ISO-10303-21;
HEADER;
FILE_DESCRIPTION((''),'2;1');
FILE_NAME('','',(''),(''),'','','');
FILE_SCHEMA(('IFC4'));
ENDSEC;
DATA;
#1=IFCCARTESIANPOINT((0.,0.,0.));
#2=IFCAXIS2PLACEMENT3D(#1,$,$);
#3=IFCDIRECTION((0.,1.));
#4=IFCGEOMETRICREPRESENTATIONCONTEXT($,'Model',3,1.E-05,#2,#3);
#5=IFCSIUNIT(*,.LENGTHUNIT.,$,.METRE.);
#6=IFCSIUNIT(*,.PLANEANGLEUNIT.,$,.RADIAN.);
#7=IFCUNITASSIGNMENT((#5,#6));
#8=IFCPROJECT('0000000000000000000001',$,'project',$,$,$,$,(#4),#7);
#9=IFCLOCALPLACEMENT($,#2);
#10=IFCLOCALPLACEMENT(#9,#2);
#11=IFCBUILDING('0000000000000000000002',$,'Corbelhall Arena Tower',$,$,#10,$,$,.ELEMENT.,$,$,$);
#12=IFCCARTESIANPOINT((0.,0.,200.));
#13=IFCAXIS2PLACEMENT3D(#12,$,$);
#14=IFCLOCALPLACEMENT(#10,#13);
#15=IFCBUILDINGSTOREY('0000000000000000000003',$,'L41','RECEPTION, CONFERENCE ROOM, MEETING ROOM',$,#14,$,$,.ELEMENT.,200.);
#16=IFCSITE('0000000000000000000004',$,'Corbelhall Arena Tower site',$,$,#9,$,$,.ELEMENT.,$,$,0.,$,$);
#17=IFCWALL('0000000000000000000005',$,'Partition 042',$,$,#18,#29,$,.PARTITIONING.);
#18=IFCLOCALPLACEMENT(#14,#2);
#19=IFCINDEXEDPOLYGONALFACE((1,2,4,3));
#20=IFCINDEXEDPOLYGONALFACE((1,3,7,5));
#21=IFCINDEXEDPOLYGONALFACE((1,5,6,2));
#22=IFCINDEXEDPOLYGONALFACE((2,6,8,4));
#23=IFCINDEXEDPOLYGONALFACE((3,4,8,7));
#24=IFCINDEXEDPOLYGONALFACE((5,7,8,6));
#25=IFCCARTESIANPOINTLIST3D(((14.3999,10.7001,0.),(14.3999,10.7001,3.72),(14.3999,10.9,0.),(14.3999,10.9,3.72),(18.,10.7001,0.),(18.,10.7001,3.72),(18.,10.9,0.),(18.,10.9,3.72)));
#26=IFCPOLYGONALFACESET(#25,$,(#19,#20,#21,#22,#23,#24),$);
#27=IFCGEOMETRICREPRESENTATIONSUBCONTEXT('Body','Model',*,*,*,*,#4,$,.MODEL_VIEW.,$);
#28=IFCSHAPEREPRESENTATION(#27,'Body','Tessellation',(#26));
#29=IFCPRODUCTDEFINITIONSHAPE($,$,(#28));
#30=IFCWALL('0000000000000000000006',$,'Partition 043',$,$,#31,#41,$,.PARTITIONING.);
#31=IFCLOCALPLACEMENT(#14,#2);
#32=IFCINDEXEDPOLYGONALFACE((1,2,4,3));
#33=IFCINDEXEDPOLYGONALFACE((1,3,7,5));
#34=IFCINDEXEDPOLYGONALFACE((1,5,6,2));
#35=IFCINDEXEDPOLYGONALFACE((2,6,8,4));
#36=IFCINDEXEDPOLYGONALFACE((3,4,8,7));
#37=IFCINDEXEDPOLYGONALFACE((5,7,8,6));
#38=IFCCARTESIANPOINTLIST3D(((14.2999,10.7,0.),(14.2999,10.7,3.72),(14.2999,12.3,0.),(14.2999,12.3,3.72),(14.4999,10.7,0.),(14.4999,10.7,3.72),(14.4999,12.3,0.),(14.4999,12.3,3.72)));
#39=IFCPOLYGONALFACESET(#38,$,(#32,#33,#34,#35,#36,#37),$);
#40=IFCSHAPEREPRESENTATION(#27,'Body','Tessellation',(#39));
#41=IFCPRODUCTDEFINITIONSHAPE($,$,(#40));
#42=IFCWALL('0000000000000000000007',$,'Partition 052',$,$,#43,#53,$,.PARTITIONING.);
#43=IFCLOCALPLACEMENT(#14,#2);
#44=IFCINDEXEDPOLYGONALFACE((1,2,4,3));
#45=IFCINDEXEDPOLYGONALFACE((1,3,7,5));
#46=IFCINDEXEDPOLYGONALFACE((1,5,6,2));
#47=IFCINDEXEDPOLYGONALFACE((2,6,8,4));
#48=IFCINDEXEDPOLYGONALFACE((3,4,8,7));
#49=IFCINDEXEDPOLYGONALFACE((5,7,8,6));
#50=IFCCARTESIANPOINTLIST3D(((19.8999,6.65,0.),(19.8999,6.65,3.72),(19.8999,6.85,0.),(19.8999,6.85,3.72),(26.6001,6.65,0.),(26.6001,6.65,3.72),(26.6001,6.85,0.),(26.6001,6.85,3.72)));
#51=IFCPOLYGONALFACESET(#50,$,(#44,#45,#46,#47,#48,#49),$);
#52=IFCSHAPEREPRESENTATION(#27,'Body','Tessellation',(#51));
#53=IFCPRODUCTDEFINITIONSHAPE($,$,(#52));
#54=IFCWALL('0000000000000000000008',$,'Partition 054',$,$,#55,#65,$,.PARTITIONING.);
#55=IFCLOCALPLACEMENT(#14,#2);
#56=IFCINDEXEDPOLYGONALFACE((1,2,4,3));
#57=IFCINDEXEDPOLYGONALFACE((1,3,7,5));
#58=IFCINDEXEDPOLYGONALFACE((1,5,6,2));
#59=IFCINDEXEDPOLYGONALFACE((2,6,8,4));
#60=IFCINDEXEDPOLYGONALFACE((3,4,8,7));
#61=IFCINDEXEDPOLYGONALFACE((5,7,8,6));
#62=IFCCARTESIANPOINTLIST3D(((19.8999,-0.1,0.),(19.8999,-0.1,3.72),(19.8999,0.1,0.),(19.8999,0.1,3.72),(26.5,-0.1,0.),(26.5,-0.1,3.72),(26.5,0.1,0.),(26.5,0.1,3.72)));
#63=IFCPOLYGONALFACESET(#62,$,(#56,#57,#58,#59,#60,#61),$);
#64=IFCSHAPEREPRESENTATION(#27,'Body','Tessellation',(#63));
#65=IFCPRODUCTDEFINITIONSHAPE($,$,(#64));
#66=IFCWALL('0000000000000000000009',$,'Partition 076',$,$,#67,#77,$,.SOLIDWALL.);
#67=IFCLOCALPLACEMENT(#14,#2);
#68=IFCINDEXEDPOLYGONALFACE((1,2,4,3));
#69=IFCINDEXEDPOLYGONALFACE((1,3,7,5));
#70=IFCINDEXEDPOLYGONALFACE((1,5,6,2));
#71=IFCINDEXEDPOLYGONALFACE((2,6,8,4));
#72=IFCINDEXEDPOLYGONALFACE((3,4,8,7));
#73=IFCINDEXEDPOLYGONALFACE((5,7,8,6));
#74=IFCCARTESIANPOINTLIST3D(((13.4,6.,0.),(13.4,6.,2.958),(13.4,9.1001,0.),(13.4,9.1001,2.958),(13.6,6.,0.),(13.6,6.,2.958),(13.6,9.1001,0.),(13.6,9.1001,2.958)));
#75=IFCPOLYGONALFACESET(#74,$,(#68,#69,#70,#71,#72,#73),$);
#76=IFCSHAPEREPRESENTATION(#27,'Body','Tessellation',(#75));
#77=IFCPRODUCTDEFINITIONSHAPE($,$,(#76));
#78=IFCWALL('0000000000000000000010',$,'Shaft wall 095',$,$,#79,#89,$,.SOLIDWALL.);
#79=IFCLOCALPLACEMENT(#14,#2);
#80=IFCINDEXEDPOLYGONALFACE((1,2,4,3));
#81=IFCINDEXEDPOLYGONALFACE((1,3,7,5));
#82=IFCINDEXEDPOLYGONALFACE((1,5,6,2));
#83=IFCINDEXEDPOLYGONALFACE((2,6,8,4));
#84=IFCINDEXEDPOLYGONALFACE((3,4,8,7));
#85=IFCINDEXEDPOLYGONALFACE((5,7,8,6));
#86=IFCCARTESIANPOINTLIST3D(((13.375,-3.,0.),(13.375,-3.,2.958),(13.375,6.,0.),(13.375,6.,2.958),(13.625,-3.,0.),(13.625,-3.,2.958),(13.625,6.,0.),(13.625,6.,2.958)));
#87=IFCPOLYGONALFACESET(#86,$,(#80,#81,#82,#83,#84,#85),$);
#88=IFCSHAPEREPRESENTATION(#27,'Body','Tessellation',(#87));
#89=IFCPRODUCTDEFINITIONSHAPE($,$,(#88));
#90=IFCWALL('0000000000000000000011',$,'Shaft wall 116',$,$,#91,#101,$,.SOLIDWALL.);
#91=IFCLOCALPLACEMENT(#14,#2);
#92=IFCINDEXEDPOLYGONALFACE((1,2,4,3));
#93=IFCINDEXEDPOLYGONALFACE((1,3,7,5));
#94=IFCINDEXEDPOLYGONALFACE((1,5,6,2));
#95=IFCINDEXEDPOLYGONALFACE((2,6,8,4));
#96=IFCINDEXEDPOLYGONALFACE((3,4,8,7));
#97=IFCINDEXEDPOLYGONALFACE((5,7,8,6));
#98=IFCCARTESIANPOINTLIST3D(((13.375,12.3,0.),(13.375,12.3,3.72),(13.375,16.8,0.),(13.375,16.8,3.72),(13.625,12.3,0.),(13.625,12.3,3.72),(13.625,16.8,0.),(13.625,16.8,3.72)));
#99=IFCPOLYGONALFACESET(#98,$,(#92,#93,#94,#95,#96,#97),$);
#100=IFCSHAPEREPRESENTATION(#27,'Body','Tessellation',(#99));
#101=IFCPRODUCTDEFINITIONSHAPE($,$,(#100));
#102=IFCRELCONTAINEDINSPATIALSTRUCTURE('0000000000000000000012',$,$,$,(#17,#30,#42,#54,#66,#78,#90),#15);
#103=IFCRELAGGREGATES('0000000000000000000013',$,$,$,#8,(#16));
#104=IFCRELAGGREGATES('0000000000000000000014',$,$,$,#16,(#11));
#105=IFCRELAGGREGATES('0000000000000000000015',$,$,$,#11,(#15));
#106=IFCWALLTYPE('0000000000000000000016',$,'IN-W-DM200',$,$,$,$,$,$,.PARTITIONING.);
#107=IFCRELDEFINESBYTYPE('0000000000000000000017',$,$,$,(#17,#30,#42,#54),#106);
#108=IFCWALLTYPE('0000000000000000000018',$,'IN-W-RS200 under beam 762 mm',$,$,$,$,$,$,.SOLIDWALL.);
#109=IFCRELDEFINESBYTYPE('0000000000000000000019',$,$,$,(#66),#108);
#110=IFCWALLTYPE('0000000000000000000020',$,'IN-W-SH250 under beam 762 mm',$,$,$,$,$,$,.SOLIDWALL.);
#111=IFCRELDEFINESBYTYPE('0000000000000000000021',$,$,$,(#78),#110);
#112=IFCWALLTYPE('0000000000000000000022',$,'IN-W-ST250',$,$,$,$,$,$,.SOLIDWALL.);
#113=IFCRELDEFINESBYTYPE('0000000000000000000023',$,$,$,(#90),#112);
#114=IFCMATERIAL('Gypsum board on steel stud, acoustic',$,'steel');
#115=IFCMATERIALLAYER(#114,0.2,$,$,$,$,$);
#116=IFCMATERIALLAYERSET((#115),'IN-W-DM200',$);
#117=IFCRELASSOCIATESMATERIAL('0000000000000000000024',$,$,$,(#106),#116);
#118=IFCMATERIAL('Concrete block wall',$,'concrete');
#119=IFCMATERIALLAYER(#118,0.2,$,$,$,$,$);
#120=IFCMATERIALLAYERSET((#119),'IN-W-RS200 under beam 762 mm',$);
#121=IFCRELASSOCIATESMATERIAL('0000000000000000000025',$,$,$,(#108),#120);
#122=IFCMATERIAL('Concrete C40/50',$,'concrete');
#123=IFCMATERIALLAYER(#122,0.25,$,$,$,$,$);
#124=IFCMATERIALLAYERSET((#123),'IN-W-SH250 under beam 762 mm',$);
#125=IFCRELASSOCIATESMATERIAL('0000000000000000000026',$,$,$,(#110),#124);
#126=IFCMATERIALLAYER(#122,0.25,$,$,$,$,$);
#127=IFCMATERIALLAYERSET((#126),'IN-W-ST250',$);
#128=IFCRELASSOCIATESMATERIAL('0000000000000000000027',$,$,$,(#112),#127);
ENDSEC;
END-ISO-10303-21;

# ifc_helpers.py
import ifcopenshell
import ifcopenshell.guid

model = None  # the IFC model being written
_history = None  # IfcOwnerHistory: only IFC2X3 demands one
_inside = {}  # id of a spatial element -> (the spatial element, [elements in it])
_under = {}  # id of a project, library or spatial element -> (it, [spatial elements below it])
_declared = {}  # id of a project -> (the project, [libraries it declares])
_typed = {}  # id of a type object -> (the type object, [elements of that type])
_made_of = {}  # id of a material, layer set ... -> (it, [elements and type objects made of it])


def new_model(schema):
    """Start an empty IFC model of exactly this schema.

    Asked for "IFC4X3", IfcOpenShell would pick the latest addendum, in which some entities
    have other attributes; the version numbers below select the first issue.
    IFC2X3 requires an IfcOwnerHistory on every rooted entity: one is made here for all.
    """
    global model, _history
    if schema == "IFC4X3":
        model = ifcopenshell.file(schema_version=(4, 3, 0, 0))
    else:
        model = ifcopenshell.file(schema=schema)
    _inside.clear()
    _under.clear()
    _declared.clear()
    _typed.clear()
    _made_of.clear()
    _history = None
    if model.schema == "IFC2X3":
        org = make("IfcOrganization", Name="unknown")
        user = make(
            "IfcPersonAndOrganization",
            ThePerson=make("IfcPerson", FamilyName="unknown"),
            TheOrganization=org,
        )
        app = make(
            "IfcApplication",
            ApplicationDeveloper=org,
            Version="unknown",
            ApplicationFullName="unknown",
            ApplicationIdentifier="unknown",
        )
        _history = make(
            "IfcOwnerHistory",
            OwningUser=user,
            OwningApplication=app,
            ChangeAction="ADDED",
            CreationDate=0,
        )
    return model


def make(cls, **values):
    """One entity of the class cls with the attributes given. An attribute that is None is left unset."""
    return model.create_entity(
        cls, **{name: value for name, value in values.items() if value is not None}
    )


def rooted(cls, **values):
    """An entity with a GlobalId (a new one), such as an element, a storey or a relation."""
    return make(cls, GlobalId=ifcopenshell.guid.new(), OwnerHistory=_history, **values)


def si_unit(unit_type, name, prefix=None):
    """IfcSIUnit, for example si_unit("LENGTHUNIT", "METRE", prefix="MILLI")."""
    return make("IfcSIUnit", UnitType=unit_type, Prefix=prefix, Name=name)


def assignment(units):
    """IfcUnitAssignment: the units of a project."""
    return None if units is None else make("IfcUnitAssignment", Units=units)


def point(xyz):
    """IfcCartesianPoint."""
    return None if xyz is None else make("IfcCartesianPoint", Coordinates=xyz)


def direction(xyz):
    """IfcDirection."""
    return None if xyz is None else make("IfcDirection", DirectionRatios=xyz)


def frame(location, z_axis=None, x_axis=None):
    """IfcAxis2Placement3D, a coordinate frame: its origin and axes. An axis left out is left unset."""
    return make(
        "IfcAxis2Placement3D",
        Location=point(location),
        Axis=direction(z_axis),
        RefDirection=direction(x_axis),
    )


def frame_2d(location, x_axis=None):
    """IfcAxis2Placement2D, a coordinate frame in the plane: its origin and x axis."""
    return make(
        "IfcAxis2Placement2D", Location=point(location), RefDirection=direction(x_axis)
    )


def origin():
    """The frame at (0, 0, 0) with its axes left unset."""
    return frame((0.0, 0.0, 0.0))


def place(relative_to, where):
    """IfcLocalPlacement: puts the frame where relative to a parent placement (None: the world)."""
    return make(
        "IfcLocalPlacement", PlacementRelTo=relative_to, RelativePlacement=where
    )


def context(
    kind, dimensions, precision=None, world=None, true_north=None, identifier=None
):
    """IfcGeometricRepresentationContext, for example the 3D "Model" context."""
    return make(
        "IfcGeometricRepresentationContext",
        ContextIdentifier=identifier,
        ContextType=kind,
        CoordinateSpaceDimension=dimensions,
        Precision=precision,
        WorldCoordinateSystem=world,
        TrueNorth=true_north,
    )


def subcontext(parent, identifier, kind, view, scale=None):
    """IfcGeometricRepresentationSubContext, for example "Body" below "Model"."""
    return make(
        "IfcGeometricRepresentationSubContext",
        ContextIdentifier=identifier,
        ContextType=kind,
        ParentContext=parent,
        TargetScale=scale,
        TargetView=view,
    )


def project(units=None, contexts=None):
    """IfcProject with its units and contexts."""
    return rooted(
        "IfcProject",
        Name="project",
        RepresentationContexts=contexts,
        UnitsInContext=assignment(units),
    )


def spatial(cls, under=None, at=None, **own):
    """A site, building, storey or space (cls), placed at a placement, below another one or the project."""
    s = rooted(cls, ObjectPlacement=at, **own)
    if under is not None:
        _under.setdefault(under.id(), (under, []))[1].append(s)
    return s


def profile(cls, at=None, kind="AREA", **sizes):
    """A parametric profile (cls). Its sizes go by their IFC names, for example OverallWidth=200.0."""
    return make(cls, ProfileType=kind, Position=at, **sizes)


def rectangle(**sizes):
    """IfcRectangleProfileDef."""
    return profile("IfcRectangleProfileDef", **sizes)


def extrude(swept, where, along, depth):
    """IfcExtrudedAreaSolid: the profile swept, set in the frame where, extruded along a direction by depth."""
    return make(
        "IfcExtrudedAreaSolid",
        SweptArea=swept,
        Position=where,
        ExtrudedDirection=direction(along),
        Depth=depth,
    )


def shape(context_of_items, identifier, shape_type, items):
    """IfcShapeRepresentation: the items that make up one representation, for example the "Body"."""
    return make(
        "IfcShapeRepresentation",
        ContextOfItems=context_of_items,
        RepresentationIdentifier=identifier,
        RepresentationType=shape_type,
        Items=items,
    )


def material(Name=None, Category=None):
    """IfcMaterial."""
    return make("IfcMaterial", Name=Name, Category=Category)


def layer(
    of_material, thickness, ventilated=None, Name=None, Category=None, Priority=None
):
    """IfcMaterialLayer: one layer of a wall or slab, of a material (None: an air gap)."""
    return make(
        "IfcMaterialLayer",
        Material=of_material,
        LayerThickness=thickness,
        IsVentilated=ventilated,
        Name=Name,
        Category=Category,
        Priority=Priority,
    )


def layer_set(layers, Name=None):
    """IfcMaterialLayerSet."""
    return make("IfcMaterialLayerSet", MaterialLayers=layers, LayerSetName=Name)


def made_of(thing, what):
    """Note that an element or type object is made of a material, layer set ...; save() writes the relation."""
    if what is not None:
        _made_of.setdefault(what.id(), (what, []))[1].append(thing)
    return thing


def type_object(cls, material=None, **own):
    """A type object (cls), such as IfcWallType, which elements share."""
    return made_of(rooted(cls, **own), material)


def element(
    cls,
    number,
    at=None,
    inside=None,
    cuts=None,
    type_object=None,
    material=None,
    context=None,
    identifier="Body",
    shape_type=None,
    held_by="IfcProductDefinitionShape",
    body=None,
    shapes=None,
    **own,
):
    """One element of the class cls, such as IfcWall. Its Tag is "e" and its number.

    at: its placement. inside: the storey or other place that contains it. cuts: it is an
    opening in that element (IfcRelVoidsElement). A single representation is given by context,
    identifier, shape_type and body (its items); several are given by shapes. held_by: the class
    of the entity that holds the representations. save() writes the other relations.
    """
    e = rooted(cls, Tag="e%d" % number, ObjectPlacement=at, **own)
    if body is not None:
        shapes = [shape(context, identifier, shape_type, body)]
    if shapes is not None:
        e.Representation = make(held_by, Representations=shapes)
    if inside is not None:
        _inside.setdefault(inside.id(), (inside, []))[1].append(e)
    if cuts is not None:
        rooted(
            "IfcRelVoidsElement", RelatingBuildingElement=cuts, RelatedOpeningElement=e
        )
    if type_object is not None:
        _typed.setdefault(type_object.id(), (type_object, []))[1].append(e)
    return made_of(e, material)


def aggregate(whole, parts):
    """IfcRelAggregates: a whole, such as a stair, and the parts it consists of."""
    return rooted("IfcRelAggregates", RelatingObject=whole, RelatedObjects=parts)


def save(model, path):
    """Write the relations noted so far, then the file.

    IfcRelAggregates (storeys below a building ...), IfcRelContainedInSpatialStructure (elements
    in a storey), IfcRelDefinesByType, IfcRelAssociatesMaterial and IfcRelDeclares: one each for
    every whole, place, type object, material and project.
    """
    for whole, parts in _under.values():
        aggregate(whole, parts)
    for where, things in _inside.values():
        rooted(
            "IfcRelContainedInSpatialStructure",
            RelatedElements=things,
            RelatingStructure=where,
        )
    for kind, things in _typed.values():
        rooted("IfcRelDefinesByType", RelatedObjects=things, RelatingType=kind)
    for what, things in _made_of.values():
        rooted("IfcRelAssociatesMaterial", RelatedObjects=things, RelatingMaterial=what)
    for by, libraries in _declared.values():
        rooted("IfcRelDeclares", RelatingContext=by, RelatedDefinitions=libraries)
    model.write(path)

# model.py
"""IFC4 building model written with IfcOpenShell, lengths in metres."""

from ifc_helpers import new_model, si_unit, direction, frame, frame_2d, origin, place, context, subcontext, project, spatial, rectangle, extrude, material, layer, layer_set, type_object, element, save


model = new_model("IFC4")

# Units and contexts
model_context = context("Model", 3, precision=1e-05, world=origin(), true_north=direction((0.0, 1.0)))
body_context = subcontext(model_context, "Body", "Model", "MODEL_VIEW")
ifc_project = project(units=[si_unit("LENGTHUNIT", "METRE"), si_unit("PLANEANGLEUNIT", "RADIAN")], contexts=[model_context])

# Site, building, storey
site_placement = place(None, origin())
site = spatial("IfcSite", under=ifc_project, at=site_placement, Name="Corbelhall Arena Tower site", CompositionType="ELEMENT", RefElevation=0.0)
building_placement = place(site_placement, origin())
building = spatial("IfcBuilding", under=site, at=building_placement, Name="Corbelhall Arena Tower", CompositionType="ELEMENT")
storey_placement = place(building_placement, frame((0.0, 0.0, 200.0)))
storey = spatial("IfcBuildingStorey", under=building, at=storey_placement, Name="L41", Description="RECEPTION, CONFERENCE ROOM, MEETING ROOM", CompositionType="ELEMENT", Elevation=200.0)

# Walls
ifc_material_1 = material(Name="Gypsum board on steel stud, acoustic", Category="steel")
ifc_layer_1 = layer(ifc_material_1, 0.2)
ifc_layer_set_1 = layer_set([ifc_layer_1], Name="IN-W-DM200")
wall_type_1 = type_object("IfcWallType", Name="IN-W-DM200", PredefinedType="PARTITIONING", material=ifc_layer_set_1)
wall_1_placement = place(storey_placement, frame((14.3999, 10.8, 0.0), z_axis=(0.0, 0.0, 1.0), x_axis=(1.0, 0.0, 0.0)))
element("IfcWall", 1, at=wall_1_placement, inside=storey, type_object=wall_type_1, Name="Partition 042", PredefinedType="PARTITIONING", context=body_context, shape_type="SweptSolid", body=[
    extrude(rectangle(XDim=3.6001, YDim=0.2, at=frame_2d((1.8, 0.0))), origin(), (0.0, 0.0, 1.0), 3.72),
])
wall_2_placement = place(storey_placement, frame((14.3999, 12.3, 0.0), z_axis=(0.0, 0.0, 1.0), x_axis=(0.0, -1.0, 0.0)))
element("IfcWall", 2, at=wall_2_placement, inside=storey, type_object=wall_type_1, Name="Partition 043", PredefinedType="PARTITIONING", context=body_context, shape_type="SweptSolid", body=[
    extrude(rectangle(XDim=1.6001, YDim=0.2, at=frame_2d((0.8, 0.0))), origin(), (0.0, 0.0, 1.0), 3.72),
])

# Walls
wall_3_placement = place(storey_placement, frame((19.8999, 6.75, 0.0), z_axis=(0.0, 0.0, 1.0), x_axis=(1.0, 0.0, 0.0)))
element("IfcWall", 3, at=wall_3_placement, inside=storey, type_object=wall_type_1, Name="Partition 052", PredefinedType="PARTITIONING", context=body_context, shape_type="SweptSolid", body=[
    extrude(rectangle(XDim=6.7002, YDim=0.2, at=frame_2d((3.3501, 0.0))), origin(), (0.0, 0.0, 1.0), 3.72),
])
wall_4_placement = place(storey_placement, frame((26.5, 0.0, 0.0), z_axis=(0.0, 0.0, 1.0), x_axis=(-1.0, 0.0, 0.0)))
element("IfcWall", 4, at=wall_4_placement, inside=storey, type_object=wall_type_1, Name="Partition 054", PredefinedType="PARTITIONING", context=body_context, shape_type="SweptSolid", body=[
    extrude(rectangle(XDim=6.6001, YDim=0.2, at=frame_2d((3.3, 0.0))), origin(), (0.0, 0.0, 1.0), 3.72),
])
ifc_material_2 = material(Name="Concrete block wall", Category="concrete")
ifc_layer_2 = layer(ifc_material_2, 0.2)
ifc_layer_set_2 = layer_set([ifc_layer_2], Name="IN-W-RS200 under beam 762 mm")
wall_type_2 = type_object("IfcWallType", Name="IN-W-RS200 under beam 762 mm", PredefinedType="SOLIDWALL", material=ifc_layer_set_2)
wall_5_placement = place(storey_placement, frame((13.5, 9.1001, 0.0), z_axis=(0.0, 0.0, 1.0), x_axis=(0.0, -1.0, 0.0)))
element("IfcWall", 5, at=wall_5_placement, inside=storey, type_object=wall_type_2, Name="Partition 076", PredefinedType="SOLIDWALL", context=body_context, shape_type="SweptSolid", body=[
    extrude(rectangle(XDim=3.1001, YDim=0.2, at=frame_2d((1.55, 0.0))), origin(), (0.0, 0.0, 1.0), 2.958),
])
ifc_material_3 = material(Name="Concrete C40/50", Category="concrete")
ifc_layer_3 = layer(ifc_material_3, 0.25)
ifc_layer_set_3 = layer_set([ifc_layer_3], Name="IN-W-SH250 under beam 762 mm")
wall_type_3 = type_object("IfcWallType", Name="IN-W-SH250 under beam 762 mm", PredefinedType="SOLIDWALL", material=ifc_layer_set_3)
wall_6_placement = place(storey_placement, frame((13.5, 6.0, 0.0), z_axis=(0.0, 0.0, 1.0), x_axis=(0.0, -1.0, 0.0)))
element("IfcWall", 6, at=wall_6_placement, inside=storey, type_object=wall_type_3, Name="Shaft wall 095", PredefinedType="SOLIDWALL", context=body_context, shape_type="SweptSolid", body=[
    extrude(rectangle(XDim=9.0, YDim=0.25, at=frame_2d((4.5, 0.0))), origin(), (0.0, 0.0, 1.0), 2.958),
])
ifc_layer_4 = layer(ifc_material_3, 0.25)
ifc_layer_set_4 = layer_set([ifc_layer_4], Name="IN-W-ST250")
wall_type_4 = type_object("IfcWallType", Name="IN-W-ST250", PredefinedType="SOLIDWALL", material=ifc_layer_set_4)
wall_7_placement = place(storey_placement, frame((13.5, 16.8, 0.0), z_axis=(0.0, 0.0, 1.0), x_axis=(0.0, -1.0, 0.0)))
element("IfcWall", 7, at=wall_7_placement, inside=storey, type_object=wall_type_4, Name="Shaft wall 116", PredefinedType="SOLIDWALL", context=body_context, shape_type="SweptSolid", body=[
    extrude(rectangle(XDim=4.5, YDim=0.25, at=frame_2d((2.25, 0.0))), origin(), (0.0, 0.0, 1.0), 3.72),
])

save(model, "model.ifc")
